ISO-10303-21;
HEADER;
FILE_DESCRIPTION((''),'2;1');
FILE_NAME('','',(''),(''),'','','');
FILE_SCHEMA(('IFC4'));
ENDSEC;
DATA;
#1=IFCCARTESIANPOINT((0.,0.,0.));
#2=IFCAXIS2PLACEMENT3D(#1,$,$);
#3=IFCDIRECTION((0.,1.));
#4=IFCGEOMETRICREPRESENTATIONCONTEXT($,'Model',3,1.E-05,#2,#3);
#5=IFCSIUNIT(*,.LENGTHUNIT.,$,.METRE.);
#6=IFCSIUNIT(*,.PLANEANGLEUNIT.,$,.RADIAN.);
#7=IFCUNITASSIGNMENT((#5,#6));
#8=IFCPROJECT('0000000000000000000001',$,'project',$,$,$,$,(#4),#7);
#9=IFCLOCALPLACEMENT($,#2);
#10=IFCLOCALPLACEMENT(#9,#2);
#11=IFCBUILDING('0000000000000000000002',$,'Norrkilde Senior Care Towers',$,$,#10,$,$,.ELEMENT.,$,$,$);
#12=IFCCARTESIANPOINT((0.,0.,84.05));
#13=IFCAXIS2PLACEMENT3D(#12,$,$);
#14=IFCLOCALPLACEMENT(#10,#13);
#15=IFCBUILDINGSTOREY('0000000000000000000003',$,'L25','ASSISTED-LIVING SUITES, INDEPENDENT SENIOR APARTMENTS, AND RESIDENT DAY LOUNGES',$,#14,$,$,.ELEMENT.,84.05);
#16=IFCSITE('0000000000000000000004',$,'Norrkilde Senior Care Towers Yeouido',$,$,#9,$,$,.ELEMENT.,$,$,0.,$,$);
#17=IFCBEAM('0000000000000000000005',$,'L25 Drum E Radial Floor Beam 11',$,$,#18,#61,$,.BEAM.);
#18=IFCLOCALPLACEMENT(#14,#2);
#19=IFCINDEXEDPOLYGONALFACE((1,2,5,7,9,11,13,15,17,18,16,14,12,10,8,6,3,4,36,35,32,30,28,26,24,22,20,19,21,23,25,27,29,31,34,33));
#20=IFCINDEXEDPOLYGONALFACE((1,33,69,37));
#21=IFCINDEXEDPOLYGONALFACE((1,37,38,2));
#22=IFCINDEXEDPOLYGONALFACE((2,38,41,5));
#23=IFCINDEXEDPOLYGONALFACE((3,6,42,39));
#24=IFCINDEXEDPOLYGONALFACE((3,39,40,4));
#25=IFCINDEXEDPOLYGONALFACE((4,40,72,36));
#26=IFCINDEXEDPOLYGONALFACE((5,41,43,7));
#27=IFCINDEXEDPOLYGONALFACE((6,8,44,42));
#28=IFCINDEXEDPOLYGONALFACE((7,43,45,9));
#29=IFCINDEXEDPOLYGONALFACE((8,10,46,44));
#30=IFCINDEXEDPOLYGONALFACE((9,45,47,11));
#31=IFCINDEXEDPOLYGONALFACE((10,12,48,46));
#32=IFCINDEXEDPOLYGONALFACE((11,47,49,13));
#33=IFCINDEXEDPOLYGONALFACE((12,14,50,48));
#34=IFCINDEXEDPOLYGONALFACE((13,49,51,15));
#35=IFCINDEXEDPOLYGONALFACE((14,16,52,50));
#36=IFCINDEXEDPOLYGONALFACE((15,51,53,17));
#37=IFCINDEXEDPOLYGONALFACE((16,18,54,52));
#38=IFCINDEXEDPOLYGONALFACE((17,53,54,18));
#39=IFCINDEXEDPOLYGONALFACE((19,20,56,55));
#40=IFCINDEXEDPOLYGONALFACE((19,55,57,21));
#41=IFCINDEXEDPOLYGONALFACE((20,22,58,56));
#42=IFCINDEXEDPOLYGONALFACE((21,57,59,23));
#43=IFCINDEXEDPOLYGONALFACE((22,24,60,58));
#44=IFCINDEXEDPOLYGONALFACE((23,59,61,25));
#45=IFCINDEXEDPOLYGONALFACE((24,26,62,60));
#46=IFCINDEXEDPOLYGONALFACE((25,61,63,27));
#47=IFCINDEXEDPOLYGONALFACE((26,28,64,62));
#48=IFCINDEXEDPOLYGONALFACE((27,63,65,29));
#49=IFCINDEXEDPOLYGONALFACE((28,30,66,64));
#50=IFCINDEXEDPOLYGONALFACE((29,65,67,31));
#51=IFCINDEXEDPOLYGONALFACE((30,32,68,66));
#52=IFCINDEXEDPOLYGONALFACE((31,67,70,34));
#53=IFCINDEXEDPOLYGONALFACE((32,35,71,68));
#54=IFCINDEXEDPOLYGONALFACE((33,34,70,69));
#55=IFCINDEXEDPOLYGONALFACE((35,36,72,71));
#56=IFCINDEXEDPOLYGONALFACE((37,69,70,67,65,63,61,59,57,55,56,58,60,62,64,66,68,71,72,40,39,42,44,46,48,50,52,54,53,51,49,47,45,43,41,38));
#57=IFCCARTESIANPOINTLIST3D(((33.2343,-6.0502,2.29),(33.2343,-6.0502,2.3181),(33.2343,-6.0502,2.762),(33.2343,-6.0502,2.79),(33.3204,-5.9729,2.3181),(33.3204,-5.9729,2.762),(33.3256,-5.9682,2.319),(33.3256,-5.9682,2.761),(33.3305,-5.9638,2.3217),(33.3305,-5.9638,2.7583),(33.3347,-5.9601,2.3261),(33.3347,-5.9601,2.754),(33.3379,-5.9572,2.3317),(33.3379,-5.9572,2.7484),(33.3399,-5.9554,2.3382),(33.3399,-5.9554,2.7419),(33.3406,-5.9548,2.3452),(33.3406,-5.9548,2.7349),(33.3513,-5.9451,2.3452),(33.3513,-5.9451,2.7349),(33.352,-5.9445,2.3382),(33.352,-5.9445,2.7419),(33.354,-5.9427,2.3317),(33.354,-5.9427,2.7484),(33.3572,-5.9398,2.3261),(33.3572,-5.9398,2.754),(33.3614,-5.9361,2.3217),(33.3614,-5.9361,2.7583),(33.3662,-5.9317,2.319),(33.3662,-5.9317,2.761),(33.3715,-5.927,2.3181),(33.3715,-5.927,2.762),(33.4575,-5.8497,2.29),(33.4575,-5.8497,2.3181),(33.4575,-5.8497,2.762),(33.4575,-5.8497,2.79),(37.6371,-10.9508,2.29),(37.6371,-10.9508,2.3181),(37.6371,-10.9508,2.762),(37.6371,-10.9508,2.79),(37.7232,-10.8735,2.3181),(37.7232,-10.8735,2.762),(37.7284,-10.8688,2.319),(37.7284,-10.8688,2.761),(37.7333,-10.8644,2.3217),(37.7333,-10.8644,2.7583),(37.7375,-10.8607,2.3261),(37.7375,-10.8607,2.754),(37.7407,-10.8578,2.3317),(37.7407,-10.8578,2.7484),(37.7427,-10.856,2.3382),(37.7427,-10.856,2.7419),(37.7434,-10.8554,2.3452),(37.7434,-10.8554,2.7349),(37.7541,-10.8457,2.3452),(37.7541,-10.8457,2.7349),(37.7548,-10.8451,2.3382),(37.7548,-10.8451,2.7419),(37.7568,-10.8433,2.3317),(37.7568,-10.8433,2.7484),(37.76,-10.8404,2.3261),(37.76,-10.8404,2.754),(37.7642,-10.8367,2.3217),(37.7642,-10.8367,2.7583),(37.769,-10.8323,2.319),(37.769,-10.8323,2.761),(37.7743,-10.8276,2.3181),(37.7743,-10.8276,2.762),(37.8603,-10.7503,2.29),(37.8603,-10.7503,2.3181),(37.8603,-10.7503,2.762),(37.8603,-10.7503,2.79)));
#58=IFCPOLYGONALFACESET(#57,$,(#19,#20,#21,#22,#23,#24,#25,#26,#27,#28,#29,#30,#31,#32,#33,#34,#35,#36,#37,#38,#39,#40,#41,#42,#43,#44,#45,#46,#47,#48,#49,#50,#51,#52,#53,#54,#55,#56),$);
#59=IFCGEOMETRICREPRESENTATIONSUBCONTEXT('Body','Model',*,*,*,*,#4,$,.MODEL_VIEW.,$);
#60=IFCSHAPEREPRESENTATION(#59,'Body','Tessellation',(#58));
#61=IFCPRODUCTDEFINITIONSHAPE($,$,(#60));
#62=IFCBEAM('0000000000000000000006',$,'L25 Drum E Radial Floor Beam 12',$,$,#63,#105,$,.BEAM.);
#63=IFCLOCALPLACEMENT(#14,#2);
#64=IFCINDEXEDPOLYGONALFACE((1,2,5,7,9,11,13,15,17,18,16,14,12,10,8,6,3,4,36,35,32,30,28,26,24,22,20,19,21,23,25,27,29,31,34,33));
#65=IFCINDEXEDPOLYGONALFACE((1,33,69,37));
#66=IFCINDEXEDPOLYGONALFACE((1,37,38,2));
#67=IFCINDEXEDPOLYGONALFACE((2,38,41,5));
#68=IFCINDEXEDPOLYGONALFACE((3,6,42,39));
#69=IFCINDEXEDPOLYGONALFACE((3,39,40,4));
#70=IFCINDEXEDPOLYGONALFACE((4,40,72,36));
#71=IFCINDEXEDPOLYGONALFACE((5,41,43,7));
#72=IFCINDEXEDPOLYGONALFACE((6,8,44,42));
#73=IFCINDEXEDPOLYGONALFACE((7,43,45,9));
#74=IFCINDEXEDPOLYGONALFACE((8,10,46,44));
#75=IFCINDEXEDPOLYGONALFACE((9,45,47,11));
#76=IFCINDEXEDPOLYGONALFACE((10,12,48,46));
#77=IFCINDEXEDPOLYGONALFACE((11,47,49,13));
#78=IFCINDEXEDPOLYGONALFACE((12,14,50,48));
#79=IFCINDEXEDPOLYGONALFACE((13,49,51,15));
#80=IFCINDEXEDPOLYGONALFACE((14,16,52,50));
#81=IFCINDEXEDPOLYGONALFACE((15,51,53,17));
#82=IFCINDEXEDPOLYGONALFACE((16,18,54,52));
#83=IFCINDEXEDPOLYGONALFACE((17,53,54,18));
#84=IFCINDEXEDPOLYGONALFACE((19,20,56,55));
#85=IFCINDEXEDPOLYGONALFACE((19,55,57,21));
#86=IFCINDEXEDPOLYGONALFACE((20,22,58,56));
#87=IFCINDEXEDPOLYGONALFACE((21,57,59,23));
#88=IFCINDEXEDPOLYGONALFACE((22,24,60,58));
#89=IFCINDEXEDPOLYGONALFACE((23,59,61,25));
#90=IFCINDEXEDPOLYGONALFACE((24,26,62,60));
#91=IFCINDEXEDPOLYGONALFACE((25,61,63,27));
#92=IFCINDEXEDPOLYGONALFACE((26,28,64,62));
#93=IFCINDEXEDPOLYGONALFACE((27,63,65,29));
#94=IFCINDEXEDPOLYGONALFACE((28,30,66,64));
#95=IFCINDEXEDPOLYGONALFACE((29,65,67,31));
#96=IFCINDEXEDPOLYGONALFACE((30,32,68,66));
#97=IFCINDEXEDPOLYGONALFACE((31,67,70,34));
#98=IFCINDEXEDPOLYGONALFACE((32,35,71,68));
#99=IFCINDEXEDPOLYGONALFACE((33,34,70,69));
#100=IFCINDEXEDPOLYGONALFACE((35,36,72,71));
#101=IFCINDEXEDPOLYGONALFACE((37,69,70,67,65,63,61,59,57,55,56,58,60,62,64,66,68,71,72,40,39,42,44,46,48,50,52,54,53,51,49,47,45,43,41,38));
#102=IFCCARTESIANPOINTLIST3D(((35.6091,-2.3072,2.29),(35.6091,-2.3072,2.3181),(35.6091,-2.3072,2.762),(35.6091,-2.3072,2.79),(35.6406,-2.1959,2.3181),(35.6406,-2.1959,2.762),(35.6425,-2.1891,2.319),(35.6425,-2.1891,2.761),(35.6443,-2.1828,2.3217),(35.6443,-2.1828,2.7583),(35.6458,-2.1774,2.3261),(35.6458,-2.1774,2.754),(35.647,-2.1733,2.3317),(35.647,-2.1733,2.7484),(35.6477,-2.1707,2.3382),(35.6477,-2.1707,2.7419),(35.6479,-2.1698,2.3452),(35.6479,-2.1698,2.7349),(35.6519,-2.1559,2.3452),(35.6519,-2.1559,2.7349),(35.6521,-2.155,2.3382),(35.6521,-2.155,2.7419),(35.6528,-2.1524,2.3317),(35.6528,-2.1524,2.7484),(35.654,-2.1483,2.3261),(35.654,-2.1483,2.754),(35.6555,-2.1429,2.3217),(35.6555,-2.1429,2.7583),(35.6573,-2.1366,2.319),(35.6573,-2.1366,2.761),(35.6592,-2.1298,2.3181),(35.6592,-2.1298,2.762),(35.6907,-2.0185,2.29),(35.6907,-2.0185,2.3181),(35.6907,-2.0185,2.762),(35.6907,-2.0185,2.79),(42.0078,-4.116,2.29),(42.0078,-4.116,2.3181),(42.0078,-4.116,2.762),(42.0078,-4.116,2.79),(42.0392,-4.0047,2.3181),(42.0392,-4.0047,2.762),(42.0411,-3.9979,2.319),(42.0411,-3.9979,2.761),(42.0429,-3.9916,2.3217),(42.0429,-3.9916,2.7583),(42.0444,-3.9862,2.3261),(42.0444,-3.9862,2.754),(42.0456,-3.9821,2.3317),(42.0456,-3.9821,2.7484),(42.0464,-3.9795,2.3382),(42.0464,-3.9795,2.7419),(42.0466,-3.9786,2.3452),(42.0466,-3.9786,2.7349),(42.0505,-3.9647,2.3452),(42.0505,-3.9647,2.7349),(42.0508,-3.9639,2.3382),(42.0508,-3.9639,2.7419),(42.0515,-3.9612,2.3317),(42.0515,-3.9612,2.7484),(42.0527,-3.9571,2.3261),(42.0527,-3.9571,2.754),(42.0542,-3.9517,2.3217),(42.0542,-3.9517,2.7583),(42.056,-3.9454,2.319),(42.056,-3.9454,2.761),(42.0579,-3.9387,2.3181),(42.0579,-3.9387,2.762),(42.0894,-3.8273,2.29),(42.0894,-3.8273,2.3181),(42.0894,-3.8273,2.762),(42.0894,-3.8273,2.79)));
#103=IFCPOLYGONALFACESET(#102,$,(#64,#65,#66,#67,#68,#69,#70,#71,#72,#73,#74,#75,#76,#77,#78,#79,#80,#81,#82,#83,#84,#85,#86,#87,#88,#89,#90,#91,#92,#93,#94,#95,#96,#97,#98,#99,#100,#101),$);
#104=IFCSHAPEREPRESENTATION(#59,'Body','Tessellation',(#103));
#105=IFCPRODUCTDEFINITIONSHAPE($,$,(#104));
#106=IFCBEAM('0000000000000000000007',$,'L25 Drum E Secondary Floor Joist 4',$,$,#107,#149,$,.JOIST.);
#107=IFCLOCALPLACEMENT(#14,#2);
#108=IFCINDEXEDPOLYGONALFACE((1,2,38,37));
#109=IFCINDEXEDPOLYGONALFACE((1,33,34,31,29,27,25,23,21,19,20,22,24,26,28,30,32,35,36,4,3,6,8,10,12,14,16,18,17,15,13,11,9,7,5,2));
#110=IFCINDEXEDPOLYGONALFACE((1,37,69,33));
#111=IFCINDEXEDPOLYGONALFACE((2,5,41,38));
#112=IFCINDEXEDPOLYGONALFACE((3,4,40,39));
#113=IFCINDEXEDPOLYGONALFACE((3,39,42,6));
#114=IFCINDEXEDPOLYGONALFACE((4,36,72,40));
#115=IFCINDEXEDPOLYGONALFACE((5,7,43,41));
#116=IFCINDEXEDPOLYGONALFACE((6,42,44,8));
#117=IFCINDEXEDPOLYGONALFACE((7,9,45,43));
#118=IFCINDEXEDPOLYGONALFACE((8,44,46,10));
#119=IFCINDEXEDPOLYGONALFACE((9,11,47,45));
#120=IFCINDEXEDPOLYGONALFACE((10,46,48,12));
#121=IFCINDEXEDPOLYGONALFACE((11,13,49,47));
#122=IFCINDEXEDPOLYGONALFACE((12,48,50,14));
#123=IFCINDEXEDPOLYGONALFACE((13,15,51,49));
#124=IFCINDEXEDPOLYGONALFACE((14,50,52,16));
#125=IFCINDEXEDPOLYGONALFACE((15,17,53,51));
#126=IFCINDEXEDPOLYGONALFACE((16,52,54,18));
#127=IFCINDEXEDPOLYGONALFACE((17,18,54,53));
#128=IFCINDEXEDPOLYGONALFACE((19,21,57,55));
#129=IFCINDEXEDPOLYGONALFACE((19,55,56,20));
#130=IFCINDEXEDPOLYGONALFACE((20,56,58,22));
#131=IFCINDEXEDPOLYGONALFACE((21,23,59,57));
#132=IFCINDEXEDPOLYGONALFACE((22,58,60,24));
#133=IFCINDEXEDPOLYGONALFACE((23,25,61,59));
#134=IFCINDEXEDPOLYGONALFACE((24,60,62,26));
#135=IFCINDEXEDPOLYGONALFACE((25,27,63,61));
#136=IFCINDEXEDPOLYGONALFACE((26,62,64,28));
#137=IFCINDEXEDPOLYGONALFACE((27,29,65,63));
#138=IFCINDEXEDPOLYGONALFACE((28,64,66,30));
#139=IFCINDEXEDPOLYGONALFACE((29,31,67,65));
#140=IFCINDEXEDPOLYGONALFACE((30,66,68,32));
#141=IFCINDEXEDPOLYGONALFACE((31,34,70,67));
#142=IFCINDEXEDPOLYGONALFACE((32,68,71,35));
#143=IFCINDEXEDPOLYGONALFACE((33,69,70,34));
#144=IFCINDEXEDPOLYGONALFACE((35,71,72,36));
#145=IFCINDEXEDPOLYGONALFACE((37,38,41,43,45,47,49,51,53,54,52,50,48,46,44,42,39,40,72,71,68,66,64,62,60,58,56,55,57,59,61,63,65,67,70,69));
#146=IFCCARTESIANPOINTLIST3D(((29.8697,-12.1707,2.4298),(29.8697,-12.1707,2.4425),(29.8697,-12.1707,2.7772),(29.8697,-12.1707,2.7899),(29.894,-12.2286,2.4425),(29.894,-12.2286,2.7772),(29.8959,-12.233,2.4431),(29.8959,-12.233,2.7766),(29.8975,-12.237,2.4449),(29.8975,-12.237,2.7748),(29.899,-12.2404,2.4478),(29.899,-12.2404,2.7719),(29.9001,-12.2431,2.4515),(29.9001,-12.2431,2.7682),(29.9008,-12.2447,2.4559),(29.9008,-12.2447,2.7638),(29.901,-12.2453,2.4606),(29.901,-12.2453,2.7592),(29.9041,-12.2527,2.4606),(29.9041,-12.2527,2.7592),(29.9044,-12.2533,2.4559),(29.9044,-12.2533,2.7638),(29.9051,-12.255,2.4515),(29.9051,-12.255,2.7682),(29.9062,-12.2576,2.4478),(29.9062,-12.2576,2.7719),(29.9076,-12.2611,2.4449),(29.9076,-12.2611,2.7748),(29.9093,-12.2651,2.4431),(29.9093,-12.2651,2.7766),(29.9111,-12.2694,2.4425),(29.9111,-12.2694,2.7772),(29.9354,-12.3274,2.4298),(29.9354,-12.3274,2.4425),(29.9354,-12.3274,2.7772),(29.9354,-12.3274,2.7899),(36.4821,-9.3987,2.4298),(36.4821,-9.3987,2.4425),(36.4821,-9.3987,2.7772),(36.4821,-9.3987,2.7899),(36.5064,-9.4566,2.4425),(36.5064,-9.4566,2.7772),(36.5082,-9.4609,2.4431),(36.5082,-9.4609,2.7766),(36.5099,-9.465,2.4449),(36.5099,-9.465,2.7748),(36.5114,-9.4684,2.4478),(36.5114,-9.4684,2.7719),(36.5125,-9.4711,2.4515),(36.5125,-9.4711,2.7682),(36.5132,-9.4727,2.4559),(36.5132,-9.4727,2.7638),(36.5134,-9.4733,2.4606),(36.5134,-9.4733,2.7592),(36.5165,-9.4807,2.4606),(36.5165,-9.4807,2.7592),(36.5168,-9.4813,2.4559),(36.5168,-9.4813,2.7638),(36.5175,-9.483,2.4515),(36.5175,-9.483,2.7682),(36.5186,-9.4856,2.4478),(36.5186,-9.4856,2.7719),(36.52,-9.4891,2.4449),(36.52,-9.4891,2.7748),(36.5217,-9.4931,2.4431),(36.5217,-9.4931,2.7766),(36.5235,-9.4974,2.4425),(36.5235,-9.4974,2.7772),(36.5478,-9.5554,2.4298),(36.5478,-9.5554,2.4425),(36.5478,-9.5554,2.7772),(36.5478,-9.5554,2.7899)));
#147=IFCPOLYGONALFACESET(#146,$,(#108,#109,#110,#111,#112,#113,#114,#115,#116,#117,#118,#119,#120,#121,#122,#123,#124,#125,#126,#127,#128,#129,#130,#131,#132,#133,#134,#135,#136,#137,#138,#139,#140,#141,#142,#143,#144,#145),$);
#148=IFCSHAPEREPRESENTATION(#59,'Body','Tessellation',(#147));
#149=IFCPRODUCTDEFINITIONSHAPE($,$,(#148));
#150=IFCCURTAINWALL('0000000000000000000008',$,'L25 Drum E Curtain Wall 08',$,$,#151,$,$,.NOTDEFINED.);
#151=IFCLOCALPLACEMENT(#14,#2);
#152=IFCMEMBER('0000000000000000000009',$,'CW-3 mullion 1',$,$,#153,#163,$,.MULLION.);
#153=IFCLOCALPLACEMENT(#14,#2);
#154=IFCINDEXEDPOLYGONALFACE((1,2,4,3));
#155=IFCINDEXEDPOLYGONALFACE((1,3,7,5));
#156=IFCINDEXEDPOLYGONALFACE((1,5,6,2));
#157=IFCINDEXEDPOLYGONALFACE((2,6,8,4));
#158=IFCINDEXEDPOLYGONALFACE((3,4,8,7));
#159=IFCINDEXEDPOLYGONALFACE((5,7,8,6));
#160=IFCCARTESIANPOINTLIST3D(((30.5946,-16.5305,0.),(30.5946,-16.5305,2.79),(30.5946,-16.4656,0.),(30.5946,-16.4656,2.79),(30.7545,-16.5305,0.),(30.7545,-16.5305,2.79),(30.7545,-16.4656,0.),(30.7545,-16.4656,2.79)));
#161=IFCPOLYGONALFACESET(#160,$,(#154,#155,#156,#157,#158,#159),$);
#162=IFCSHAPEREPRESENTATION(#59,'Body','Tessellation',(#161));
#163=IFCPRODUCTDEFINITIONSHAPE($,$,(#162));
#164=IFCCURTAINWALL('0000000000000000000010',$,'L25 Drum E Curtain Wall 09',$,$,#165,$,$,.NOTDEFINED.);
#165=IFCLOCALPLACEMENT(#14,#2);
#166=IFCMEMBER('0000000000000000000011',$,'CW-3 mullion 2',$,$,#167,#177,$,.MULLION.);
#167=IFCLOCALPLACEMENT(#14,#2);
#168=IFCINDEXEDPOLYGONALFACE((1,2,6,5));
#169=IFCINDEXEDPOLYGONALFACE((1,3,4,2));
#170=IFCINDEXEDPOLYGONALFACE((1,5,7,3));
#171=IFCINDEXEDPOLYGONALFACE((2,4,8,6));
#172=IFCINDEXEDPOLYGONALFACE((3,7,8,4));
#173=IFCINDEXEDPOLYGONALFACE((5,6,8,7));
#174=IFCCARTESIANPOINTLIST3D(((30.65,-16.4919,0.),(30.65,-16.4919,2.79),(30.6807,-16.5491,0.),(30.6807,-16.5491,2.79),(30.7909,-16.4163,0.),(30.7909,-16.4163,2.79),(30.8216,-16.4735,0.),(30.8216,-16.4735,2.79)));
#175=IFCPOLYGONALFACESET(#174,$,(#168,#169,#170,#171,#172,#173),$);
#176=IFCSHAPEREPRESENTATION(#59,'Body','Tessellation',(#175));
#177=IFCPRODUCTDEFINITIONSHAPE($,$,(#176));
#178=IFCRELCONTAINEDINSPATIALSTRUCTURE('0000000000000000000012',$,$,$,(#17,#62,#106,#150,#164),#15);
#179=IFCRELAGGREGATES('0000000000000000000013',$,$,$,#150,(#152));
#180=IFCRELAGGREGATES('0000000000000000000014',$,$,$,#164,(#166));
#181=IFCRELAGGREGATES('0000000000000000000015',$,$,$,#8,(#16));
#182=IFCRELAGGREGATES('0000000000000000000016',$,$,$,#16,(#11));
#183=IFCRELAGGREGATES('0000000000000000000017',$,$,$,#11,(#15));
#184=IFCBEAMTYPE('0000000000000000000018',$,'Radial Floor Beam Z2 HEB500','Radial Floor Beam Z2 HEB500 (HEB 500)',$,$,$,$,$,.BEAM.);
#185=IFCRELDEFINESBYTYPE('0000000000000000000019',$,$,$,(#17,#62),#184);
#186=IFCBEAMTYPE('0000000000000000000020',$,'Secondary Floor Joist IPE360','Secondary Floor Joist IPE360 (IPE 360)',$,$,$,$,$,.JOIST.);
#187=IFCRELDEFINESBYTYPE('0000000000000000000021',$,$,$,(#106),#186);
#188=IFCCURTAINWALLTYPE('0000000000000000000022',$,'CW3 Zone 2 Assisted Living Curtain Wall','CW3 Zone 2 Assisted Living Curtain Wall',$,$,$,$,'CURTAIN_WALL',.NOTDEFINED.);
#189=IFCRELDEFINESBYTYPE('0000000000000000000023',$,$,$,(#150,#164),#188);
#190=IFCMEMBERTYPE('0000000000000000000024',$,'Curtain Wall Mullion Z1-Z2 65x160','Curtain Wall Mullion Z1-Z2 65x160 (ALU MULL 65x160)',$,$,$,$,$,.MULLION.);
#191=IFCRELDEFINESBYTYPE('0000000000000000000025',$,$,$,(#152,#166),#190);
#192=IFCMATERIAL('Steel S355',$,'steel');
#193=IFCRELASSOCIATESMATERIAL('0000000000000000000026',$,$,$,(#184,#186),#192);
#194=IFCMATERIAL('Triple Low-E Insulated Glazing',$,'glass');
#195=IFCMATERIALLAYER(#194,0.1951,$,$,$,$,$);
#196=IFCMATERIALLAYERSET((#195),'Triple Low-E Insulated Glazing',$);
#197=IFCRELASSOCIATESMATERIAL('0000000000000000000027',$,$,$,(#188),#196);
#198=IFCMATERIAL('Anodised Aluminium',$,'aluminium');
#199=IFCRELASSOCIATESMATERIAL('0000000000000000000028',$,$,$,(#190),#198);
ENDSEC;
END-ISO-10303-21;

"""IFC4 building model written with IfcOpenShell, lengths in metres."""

from ifc_helpers import new_model, si_unit, direction, frame, origin, origin_2d, place, context, subcontext, project, spatial, rectangle, i_section, extrude, source, transform, mapped, material, layer, layer_set, material_profile, profile_set, type_object, type_shapes, element, aggregate, save


model = new_model("IFC4")

# Units and contexts
model_context = context("Model", 3, precision=1e-05, world=origin(), true_north=direction((0.0, 1.0)))
body_context = subcontext(model_context, "Body", "Model", "MODEL_VIEW")
ifc_project = project(units=[si_unit("LENGTHUNIT", "METRE"), si_unit("PLANEANGLEUNIT", "RADIAN")], contexts=[model_context])

# Site, building, storey
site_placement = place(None, origin())
site = spatial("IfcSite", under=ifc_project, at=site_placement, Name="Norrkilde Senior Care Towers Yeouido", CompositionType="ELEMENT", RefElevation=0.0)
building_placement = place(site_placement, origin())
building = spatial("IfcBuilding", under=site, at=building_placement, Name="Norrkilde Senior Care Towers", CompositionType="ELEMENT")
storey_placement = place(building_placement, frame((0.0, 0.0, 84.05)))
storey = spatial("IfcBuildingStorey", under=building, at=storey_placement, Name="L25", Description="ASSISTED-LIVING SUITES, INDEPENDENT SENIOR APARTMENTS, AND RESIDENT DAY LOUNGES", CompositionType="ELEMENT", Elevation=84.05)

# Beams
ifc_material_1 = material(Name="Steel S355", Category="steel")
ifc_material_profile_1 = material_profile(ifc_material_1, i_section(OverallWidth=0.3, OverallDepth=0.5, WebThickness=0.0144, FlangeThickness=0.0281, FilletRadius=0.0271, at=origin_2d()), Name="HEB 500")
ifc_profile_set_1 = profile_set([ifc_material_profile_1], Name="Steel S355")
beam_type_1 = type_object("IfcBeamType", Name="Radial Floor Beam Z2 HEB500", Description="Radial Floor Beam Z2 HEB500 (HEB 500)", PredefinedType="BEAM", material=ifc_profile_set_1)
shared_shape_1 = source(origin(), body_context, "Body", "SweptSolid", [
    extrude(i_section(OverallWidth=0.3, OverallDepth=0.5, WebThickness=0.0144, FlangeThickness=0.0281, FilletRadius=0.0271, at=origin_2d()), origin(), (0.0, 0.0, 1.0), 6.5879),
])
beam_1_placement = place(storey_placement, frame((33.3459, -5.95, 2.54), z_axis=(0.668315, -0.743878, 0.0), x_axis=(0.743878, 0.668315, 0.0)))
element("IfcBeam", 1, at=beam_1_placement, inside=storey, type_object=beam_type_1, Name="L25 Drum E Radial Floor Beam 11", PredefinedType="BEAM", context=body_context, shape_type="MappedRepresentation", body=[
    mapped(shared_shape_1, transform((0.0, 0.0, 0.0), x_axis=(1.0, 0.0, 0.0), y_axis=(0.0, 1.0, 0.0), z_axis=(0.0, 0.0, 1.0), scale=1.0)),
])
shared_shape_2 = source(origin(), body_context, "Body", "SweptSolid", [
    extrude(i_section(OverallWidth=0.3, OverallDepth=0.5, WebThickness=0.0144, FlangeThickness=0.0281, FilletRadius=0.0271, at=origin_2d()), origin(), (0.0, 0.0, 1.0), 6.6494),
])
beam_2_placement = place(storey_placement, frame((35.6499, -2.1628, 2.54), z_axis=(0.962289, -0.272029, 0.0), x_axis=(0.272029, 0.962289, 0.0)))
element("IfcBeam", 2, at=beam_2_placement, inside=storey, type_object=beam_type_1, Name="L25 Drum E Radial Floor Beam 12", PredefinedType="BEAM", context=body_context, shape_type="MappedRepresentation", body=[
    mapped(shared_shape_2, transform((0.0, 0.0, 0.0), x_axis=(1.0, 0.0, 0.0), y_axis=(0.0, 1.0, 0.0), z_axis=(0.0, 0.0, 1.0), scale=1.0)),
])
ifc_material_profile_2 = material_profile(ifc_material_1, i_section(OverallWidth=0.1699, OverallDepth=0.3601, WebThickness=0.0081, FlangeThickness=0.0127, FilletRadius=0.0181, at=origin_2d()), Name="IPE 360")
ifc_profile_set_2 = profile_set([ifc_material_profile_2], Name="Steel S355")
beam_type_2 = type_object("IfcBeamType", Name="Secondary Floor Joist IPE360", Description="Secondary Floor Joist IPE360 (IPE 360)", PredefinedType="JOIST", material=ifc_profile_set_2)
shared_shape_3 = source(origin(), body_context, "Body", "SweptSolid", [
    extrude(i_section(OverallWidth=0.1699, OverallDepth=0.3601, WebThickness=0.0081, FlangeThickness=0.0127, FilletRadius=0.0181, at=origin_2d()), origin(), (0.0, 0.0, 1.0), 7.1699),
])
type_shapes(beam_type_2, [shared_shape_3])
beam_3_placement = place(storey_placement, frame((29.9026, -12.249, 2.6099), z_axis=(0.922241, 0.386616, 0.0), x_axis=(-0.386616, 0.922241, 0.0)))
element("IfcBeam", 3, at=beam_3_placement, inside=storey, type_object=beam_type_2, Name="L25 Drum E Secondary Floor Joist 4", PredefinedType="JOIST", context=body_context, shape_type="MappedRepresentation", body=[
    mapped(shared_shape_3, transform((0.0, 0.0, 0.0), x_axis=(1.0, 0.0, 0.0), y_axis=(0.0, 1.0, 0.0), z_axis=(0.0, 0.0, 1.0), scale=1.0)),
])

# Curtain walls, members
ifc_material_2 = material(Name="Triple Low-E Insulated Glazing", Category="glass")
ifc_layer_1 = layer(ifc_material_2, 0.1951)
ifc_layer_set_1 = layer_set([ifc_layer_1], Name="Triple Low-E Insulated Glazing")
curtain_wall_type = type_object("IfcCurtainWallType", Name="CW3 Zone 2 Assisted Living Curtain Wall", Description="CW3 Zone 2 Assisted Living Curtain Wall", ElementType="CURTAIN_WALL", PredefinedType="NOTDEFINED", material=ifc_layer_set_1)
curtain_wall_1_placement = place(storey_placement, origin())
curtain_wall_1 = element("IfcCurtainWall", 4, at=curtain_wall_1_placement, inside=storey, type_object=curtain_wall_type, Name="L25 Drum E Curtain Wall 08", PredefinedType="NOTDEFINED")
ifc_material_3 = material(Name="Anodised Aluminium", Category="aluminium")
ifc_material_profile_3 = material_profile(ifc_material_3, rectangle(XDim=0.0649, YDim=0.1599, at=origin_2d()), Name="ALU MULL 65x160")
ifc_profile_set_3 = profile_set([ifc_material_profile_3], Name="Anodised Aluminium")
member_type_1 = type_object("IfcMemberType", Name="Curtain Wall Mullion Z1-Z2 65x160", Description="Curtain Wall Mullion Z1-Z2 65x160 (ALU MULL 65x160)", PredefinedType="MULLION", material=ifc_profile_set_3)
shared_shape_4 = source(origin(), body_context, "Body", "SweptSolid", [
    extrude(rectangle(XDim=0.0649, YDim=0.1599, at=origin_2d()), origin(), (0.0, 0.0, 1.0), 2.79),
])
type_shapes(member_type_1, [shared_shape_4])
member_1_placement = place(storey_placement, frame((30.6746, -16.498, 0.0), z_axis=(0.0, 0.0, 1.0), x_axis=(0.0, -1.0, 0.0)))
member_1 = element("IfcMember", 5, at=member_1_placement, type_object=member_type_1, Name="CW-3 mullion 1", PredefinedType="MULLION", context=body_context, shape_type="MappedRepresentation", body=[
    mapped(shared_shape_4, transform((0.0, 0.0, 0.0), x_axis=(1.0, 0.0, 0.0), y_axis=(0.0, 1.0, 0.0), z_axis=(0.0, 0.0, 1.0), scale=1.0)),
])
curtain_wall_2_placement = place(storey_placement, origin())
curtain_wall_2 = element("IfcCurtainWall", 6, at=curtain_wall_2_placement, inside=storey, type_object=curtain_wall_type, Name="L25 Drum E Curtain Wall 09", PredefinedType="NOTDEFINED")
member_2_placement = place(storey_placement, frame((30.7358, -16.4827, 0.0), z_axis=(0.0, 0.0, 1.0), x_axis=(0.472769, -0.881186, 0.0)))
member_2 = element("IfcMember", 7, at=member_2_placement, type_object=member_type_1, Name="CW-3 mullion 2", PredefinedType="MULLION", context=body_context, shape_type="MappedRepresentation", body=[
    mapped(shared_shape_4, transform((0.0, 0.0, 0.0), x_axis=(1.0, 0.0, 0.0), y_axis=(0.0, 1.0, 0.0), z_axis=(0.0, 0.0, 1.0), scale=1.0)),
])

aggregate(curtain_wall_1, [member_1])

aggregate(curtain_wall_2, [member_2])

save(model, "model.ifc")
